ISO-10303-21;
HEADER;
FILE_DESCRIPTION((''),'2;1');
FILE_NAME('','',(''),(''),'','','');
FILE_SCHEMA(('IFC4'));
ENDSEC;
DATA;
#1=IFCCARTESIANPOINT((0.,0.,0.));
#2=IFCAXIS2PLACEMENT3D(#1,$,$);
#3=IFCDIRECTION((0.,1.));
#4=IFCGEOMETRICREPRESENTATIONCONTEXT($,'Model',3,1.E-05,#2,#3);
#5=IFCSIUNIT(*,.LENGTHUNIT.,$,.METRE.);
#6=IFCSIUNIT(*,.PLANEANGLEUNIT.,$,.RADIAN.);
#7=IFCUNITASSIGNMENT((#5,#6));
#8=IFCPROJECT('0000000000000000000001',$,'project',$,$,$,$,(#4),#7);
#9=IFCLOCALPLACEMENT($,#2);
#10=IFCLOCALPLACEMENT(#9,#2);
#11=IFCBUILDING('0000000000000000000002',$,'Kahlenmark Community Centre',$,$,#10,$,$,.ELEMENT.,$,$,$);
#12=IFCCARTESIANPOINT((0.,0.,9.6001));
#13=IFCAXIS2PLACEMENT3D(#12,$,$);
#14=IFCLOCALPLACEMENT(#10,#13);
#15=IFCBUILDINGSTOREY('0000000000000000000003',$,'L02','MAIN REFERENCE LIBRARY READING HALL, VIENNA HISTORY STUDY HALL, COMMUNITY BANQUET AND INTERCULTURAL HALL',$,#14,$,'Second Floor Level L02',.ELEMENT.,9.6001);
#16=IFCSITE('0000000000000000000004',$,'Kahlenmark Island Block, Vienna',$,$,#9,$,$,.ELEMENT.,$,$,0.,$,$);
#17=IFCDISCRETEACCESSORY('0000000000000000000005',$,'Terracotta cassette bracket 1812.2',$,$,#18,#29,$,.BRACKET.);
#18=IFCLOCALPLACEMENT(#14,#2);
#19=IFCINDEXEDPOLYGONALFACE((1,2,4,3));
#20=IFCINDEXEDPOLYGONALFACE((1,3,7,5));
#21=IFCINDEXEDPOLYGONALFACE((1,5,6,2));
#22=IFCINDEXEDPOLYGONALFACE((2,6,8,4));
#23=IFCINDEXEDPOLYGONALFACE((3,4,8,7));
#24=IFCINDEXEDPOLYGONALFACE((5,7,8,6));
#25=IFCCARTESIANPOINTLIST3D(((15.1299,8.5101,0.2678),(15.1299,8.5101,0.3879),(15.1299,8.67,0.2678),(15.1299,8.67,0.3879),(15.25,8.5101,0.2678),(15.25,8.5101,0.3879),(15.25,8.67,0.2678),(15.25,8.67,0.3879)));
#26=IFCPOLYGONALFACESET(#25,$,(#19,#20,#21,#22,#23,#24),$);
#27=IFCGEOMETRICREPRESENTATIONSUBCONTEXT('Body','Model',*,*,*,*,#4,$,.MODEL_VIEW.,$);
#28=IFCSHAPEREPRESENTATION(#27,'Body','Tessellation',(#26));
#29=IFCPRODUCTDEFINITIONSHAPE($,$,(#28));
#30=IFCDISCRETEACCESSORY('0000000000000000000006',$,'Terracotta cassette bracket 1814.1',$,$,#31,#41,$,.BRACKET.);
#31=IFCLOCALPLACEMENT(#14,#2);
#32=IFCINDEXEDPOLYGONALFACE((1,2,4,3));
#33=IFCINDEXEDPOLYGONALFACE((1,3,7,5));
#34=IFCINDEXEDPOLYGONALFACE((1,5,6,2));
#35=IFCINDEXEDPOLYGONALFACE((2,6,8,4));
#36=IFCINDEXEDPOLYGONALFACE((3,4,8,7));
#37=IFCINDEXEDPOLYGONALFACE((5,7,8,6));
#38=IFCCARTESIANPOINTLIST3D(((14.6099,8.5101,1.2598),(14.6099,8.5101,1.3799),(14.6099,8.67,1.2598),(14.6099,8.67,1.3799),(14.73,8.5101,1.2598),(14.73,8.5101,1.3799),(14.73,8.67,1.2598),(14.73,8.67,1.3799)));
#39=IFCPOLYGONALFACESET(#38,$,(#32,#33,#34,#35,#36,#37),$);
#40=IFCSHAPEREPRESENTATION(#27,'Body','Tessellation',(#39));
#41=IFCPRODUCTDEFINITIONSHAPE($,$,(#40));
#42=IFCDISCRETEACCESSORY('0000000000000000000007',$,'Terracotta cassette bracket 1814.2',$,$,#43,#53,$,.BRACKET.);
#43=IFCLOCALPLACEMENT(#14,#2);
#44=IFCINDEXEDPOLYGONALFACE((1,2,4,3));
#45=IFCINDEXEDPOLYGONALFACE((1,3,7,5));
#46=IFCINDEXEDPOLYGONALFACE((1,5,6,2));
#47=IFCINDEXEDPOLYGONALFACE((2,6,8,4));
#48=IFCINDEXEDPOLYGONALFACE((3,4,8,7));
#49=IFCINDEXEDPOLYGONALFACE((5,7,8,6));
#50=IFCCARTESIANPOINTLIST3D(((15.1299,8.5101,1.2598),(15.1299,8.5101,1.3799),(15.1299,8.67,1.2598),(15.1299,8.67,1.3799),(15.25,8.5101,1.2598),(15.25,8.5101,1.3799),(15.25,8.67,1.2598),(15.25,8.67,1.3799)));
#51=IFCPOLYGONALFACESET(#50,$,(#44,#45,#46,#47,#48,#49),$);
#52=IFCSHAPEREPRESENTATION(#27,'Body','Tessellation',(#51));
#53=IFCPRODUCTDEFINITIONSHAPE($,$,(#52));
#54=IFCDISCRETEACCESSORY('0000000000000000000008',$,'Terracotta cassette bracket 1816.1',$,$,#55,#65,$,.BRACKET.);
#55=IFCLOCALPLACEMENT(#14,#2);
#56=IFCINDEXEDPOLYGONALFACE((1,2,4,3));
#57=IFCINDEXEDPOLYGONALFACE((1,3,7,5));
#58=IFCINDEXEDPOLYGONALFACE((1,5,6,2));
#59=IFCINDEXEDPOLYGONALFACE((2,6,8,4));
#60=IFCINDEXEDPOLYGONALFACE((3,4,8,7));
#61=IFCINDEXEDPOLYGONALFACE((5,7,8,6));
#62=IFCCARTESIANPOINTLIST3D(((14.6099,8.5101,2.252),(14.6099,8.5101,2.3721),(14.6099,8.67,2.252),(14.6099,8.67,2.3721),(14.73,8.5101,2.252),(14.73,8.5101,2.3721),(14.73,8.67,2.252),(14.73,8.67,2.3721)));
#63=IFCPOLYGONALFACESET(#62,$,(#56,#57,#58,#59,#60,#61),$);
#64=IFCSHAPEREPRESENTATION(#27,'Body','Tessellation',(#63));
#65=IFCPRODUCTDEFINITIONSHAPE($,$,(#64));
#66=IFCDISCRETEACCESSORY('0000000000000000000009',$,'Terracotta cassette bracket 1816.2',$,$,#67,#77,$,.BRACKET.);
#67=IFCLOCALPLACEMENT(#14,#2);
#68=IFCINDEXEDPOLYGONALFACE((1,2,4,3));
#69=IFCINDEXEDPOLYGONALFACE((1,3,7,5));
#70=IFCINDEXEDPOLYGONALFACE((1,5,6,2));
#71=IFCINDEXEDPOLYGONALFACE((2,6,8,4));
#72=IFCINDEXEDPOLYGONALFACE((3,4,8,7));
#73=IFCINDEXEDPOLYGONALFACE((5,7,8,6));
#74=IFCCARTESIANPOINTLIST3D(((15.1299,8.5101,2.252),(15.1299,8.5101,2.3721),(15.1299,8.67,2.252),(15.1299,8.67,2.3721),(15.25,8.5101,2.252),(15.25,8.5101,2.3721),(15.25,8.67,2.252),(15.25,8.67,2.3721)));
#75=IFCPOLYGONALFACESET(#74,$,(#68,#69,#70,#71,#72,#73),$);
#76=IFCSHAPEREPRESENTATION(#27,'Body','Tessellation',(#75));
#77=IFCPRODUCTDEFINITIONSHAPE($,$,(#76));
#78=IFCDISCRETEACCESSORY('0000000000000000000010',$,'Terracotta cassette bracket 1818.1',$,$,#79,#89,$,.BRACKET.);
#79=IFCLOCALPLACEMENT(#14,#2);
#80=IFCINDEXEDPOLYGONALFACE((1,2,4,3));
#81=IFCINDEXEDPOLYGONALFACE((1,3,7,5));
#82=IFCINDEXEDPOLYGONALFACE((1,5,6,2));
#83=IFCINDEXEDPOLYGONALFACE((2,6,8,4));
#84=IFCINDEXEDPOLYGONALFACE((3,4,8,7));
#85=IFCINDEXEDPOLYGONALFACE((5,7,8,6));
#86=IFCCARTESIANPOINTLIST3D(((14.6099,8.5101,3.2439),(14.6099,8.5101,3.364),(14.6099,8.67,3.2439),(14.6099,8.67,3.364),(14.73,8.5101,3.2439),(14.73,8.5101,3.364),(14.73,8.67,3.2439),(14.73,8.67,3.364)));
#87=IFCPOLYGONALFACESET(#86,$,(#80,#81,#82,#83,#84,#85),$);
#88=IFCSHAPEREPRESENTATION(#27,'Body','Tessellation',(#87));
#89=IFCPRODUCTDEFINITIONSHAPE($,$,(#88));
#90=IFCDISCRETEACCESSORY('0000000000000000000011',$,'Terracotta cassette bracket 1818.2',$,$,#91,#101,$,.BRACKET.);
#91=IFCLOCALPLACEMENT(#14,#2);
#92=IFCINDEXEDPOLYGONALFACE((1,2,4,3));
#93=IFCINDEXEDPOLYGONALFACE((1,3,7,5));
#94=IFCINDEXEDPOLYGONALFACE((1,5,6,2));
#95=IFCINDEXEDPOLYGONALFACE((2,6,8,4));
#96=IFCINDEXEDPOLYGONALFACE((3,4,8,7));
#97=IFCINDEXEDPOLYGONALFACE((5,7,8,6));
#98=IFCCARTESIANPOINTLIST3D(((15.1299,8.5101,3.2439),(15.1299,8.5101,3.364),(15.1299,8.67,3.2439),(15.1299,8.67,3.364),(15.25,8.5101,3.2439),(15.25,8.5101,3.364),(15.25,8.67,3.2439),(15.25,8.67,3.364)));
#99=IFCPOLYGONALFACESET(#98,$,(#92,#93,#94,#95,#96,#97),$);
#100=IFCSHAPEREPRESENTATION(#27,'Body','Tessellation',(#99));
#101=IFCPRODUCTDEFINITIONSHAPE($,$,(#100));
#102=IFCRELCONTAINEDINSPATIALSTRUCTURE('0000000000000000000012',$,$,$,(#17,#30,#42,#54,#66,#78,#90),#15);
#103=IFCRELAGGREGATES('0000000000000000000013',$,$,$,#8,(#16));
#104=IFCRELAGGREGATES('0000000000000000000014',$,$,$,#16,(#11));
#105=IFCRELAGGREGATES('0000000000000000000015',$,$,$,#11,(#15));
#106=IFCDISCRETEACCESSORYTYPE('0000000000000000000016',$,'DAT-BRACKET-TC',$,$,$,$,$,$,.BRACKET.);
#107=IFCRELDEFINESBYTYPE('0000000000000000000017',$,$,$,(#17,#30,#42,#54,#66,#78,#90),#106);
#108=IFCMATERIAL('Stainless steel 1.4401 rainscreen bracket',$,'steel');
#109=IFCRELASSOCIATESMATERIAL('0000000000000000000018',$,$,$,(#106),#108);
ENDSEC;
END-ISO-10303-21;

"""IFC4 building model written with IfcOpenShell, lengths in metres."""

from ifc_helpers import new_model, si_unit, direction, frame, origin, origin_2d, place, context, subcontext, project, spatial, rectangle, extrude, material, type_object, element, save


model = new_model("IFC4")

# Units and contexts
model_context = context("Model", 3, precision=1e-05, world=origin(), true_north=direction((0.0, 1.0)))
body_context = subcontext(model_context, "Body", "Model", "MODEL_VIEW")
ifc_project = project(units=[si_unit("LENGTHUNIT", "METRE"), si_unit("PLANEANGLEUNIT", "RADIAN")], contexts=[model_context])

# Site, building, storey
site_placement = place(None, origin())
site = spatial("IfcSite", under=ifc_project, at=site_placement, Name="Kahlenmark Island Block, Vienna", CompositionType="ELEMENT", RefElevation=0.0)
building_placement = place(site_placement, origin())
building = spatial("IfcBuilding", under=site, at=building_placement, Name="Kahlenmark Community Centre", CompositionType="ELEMENT")
storey_placement = place(building_placement, frame((0.0, 0.0, 9.6001)))
storey = spatial("IfcBuildingStorey", under=building, at=storey_placement, Name="L02", Description="MAIN REFERENCE LIBRARY READING HALL, VIENNA HISTORY STUDY HALL, COMMUNITY BANQUET AND INTERCULTURAL HALL", LongName="Second Floor Level L02", CompositionType="ELEMENT", Elevation=9.6001)

# Discrete accessories
ifc_material_1 = material(Name="Stainless steel 1.4401 rainscreen bracket", Category="steel")
discrete_accessory_type = type_object("IfcDiscreteAccessoryType", Name="DAT-BRACKET-TC", PredefinedType="BRACKET", material=ifc_material_1)
for number, where, z_axis, x_axis, name in (
    (1, (15.1899, 8.5901, 0.2678), (0.0, 0.0, 1.0), (1.0, 0.0, 0.0), "Terracotta cassette bracket 1812.2"),
    (2, (14.6699, 8.5901, 1.2598), (0.0, 0.0, 1.0), (1.0, 0.0, 0.0), "Terracotta cassette bracket 1814.1"),
    (3, (15.1899, 8.5901, 1.2598), (0.0, 0.0, 1.0), (1.0, 0.0, 0.0), "Terracotta cassette bracket 1814.2"),
    (4, (14.6699, 8.5901, 2.252), (0.0, 0.0, 1.0), (1.0, 0.0, 0.0), "Terracotta cassette bracket 1816.1"),
    (5, (15.1899, 8.5901, 2.252), (0.0, 0.0, 1.0), (1.0, 0.0, 0.0), "Terracotta cassette bracket 1816.2"),
    (6, (14.6699, 8.5901, 3.2439), (0.0, 0.0, 1.0), (1.0, 0.0, 0.0), "Terracotta cassette bracket 1818.1"),
    (7, (15.1899, 8.5901, 3.2439), (0.0, 0.0, 1.0), (1.0, 0.0, 0.0), "Terracotta cassette bracket 1818.2"),
):
    element("IfcDiscreteAccessory", number, at=place(storey_placement, frame(where, z_axis=z_axis, x_axis=x_axis)), inside=storey, type_object=discrete_accessory_type, Name=name, PredefinedType="BRACKET", context=body_context, shape_type="SweptSolid", body=[
        extrude(rectangle(XDim=0.1201, YDim=0.1599, at=origin_2d()), origin(), (0.0, 0.0, 1.0), 0.1201),
    ])

save(model, "model.ifc")
